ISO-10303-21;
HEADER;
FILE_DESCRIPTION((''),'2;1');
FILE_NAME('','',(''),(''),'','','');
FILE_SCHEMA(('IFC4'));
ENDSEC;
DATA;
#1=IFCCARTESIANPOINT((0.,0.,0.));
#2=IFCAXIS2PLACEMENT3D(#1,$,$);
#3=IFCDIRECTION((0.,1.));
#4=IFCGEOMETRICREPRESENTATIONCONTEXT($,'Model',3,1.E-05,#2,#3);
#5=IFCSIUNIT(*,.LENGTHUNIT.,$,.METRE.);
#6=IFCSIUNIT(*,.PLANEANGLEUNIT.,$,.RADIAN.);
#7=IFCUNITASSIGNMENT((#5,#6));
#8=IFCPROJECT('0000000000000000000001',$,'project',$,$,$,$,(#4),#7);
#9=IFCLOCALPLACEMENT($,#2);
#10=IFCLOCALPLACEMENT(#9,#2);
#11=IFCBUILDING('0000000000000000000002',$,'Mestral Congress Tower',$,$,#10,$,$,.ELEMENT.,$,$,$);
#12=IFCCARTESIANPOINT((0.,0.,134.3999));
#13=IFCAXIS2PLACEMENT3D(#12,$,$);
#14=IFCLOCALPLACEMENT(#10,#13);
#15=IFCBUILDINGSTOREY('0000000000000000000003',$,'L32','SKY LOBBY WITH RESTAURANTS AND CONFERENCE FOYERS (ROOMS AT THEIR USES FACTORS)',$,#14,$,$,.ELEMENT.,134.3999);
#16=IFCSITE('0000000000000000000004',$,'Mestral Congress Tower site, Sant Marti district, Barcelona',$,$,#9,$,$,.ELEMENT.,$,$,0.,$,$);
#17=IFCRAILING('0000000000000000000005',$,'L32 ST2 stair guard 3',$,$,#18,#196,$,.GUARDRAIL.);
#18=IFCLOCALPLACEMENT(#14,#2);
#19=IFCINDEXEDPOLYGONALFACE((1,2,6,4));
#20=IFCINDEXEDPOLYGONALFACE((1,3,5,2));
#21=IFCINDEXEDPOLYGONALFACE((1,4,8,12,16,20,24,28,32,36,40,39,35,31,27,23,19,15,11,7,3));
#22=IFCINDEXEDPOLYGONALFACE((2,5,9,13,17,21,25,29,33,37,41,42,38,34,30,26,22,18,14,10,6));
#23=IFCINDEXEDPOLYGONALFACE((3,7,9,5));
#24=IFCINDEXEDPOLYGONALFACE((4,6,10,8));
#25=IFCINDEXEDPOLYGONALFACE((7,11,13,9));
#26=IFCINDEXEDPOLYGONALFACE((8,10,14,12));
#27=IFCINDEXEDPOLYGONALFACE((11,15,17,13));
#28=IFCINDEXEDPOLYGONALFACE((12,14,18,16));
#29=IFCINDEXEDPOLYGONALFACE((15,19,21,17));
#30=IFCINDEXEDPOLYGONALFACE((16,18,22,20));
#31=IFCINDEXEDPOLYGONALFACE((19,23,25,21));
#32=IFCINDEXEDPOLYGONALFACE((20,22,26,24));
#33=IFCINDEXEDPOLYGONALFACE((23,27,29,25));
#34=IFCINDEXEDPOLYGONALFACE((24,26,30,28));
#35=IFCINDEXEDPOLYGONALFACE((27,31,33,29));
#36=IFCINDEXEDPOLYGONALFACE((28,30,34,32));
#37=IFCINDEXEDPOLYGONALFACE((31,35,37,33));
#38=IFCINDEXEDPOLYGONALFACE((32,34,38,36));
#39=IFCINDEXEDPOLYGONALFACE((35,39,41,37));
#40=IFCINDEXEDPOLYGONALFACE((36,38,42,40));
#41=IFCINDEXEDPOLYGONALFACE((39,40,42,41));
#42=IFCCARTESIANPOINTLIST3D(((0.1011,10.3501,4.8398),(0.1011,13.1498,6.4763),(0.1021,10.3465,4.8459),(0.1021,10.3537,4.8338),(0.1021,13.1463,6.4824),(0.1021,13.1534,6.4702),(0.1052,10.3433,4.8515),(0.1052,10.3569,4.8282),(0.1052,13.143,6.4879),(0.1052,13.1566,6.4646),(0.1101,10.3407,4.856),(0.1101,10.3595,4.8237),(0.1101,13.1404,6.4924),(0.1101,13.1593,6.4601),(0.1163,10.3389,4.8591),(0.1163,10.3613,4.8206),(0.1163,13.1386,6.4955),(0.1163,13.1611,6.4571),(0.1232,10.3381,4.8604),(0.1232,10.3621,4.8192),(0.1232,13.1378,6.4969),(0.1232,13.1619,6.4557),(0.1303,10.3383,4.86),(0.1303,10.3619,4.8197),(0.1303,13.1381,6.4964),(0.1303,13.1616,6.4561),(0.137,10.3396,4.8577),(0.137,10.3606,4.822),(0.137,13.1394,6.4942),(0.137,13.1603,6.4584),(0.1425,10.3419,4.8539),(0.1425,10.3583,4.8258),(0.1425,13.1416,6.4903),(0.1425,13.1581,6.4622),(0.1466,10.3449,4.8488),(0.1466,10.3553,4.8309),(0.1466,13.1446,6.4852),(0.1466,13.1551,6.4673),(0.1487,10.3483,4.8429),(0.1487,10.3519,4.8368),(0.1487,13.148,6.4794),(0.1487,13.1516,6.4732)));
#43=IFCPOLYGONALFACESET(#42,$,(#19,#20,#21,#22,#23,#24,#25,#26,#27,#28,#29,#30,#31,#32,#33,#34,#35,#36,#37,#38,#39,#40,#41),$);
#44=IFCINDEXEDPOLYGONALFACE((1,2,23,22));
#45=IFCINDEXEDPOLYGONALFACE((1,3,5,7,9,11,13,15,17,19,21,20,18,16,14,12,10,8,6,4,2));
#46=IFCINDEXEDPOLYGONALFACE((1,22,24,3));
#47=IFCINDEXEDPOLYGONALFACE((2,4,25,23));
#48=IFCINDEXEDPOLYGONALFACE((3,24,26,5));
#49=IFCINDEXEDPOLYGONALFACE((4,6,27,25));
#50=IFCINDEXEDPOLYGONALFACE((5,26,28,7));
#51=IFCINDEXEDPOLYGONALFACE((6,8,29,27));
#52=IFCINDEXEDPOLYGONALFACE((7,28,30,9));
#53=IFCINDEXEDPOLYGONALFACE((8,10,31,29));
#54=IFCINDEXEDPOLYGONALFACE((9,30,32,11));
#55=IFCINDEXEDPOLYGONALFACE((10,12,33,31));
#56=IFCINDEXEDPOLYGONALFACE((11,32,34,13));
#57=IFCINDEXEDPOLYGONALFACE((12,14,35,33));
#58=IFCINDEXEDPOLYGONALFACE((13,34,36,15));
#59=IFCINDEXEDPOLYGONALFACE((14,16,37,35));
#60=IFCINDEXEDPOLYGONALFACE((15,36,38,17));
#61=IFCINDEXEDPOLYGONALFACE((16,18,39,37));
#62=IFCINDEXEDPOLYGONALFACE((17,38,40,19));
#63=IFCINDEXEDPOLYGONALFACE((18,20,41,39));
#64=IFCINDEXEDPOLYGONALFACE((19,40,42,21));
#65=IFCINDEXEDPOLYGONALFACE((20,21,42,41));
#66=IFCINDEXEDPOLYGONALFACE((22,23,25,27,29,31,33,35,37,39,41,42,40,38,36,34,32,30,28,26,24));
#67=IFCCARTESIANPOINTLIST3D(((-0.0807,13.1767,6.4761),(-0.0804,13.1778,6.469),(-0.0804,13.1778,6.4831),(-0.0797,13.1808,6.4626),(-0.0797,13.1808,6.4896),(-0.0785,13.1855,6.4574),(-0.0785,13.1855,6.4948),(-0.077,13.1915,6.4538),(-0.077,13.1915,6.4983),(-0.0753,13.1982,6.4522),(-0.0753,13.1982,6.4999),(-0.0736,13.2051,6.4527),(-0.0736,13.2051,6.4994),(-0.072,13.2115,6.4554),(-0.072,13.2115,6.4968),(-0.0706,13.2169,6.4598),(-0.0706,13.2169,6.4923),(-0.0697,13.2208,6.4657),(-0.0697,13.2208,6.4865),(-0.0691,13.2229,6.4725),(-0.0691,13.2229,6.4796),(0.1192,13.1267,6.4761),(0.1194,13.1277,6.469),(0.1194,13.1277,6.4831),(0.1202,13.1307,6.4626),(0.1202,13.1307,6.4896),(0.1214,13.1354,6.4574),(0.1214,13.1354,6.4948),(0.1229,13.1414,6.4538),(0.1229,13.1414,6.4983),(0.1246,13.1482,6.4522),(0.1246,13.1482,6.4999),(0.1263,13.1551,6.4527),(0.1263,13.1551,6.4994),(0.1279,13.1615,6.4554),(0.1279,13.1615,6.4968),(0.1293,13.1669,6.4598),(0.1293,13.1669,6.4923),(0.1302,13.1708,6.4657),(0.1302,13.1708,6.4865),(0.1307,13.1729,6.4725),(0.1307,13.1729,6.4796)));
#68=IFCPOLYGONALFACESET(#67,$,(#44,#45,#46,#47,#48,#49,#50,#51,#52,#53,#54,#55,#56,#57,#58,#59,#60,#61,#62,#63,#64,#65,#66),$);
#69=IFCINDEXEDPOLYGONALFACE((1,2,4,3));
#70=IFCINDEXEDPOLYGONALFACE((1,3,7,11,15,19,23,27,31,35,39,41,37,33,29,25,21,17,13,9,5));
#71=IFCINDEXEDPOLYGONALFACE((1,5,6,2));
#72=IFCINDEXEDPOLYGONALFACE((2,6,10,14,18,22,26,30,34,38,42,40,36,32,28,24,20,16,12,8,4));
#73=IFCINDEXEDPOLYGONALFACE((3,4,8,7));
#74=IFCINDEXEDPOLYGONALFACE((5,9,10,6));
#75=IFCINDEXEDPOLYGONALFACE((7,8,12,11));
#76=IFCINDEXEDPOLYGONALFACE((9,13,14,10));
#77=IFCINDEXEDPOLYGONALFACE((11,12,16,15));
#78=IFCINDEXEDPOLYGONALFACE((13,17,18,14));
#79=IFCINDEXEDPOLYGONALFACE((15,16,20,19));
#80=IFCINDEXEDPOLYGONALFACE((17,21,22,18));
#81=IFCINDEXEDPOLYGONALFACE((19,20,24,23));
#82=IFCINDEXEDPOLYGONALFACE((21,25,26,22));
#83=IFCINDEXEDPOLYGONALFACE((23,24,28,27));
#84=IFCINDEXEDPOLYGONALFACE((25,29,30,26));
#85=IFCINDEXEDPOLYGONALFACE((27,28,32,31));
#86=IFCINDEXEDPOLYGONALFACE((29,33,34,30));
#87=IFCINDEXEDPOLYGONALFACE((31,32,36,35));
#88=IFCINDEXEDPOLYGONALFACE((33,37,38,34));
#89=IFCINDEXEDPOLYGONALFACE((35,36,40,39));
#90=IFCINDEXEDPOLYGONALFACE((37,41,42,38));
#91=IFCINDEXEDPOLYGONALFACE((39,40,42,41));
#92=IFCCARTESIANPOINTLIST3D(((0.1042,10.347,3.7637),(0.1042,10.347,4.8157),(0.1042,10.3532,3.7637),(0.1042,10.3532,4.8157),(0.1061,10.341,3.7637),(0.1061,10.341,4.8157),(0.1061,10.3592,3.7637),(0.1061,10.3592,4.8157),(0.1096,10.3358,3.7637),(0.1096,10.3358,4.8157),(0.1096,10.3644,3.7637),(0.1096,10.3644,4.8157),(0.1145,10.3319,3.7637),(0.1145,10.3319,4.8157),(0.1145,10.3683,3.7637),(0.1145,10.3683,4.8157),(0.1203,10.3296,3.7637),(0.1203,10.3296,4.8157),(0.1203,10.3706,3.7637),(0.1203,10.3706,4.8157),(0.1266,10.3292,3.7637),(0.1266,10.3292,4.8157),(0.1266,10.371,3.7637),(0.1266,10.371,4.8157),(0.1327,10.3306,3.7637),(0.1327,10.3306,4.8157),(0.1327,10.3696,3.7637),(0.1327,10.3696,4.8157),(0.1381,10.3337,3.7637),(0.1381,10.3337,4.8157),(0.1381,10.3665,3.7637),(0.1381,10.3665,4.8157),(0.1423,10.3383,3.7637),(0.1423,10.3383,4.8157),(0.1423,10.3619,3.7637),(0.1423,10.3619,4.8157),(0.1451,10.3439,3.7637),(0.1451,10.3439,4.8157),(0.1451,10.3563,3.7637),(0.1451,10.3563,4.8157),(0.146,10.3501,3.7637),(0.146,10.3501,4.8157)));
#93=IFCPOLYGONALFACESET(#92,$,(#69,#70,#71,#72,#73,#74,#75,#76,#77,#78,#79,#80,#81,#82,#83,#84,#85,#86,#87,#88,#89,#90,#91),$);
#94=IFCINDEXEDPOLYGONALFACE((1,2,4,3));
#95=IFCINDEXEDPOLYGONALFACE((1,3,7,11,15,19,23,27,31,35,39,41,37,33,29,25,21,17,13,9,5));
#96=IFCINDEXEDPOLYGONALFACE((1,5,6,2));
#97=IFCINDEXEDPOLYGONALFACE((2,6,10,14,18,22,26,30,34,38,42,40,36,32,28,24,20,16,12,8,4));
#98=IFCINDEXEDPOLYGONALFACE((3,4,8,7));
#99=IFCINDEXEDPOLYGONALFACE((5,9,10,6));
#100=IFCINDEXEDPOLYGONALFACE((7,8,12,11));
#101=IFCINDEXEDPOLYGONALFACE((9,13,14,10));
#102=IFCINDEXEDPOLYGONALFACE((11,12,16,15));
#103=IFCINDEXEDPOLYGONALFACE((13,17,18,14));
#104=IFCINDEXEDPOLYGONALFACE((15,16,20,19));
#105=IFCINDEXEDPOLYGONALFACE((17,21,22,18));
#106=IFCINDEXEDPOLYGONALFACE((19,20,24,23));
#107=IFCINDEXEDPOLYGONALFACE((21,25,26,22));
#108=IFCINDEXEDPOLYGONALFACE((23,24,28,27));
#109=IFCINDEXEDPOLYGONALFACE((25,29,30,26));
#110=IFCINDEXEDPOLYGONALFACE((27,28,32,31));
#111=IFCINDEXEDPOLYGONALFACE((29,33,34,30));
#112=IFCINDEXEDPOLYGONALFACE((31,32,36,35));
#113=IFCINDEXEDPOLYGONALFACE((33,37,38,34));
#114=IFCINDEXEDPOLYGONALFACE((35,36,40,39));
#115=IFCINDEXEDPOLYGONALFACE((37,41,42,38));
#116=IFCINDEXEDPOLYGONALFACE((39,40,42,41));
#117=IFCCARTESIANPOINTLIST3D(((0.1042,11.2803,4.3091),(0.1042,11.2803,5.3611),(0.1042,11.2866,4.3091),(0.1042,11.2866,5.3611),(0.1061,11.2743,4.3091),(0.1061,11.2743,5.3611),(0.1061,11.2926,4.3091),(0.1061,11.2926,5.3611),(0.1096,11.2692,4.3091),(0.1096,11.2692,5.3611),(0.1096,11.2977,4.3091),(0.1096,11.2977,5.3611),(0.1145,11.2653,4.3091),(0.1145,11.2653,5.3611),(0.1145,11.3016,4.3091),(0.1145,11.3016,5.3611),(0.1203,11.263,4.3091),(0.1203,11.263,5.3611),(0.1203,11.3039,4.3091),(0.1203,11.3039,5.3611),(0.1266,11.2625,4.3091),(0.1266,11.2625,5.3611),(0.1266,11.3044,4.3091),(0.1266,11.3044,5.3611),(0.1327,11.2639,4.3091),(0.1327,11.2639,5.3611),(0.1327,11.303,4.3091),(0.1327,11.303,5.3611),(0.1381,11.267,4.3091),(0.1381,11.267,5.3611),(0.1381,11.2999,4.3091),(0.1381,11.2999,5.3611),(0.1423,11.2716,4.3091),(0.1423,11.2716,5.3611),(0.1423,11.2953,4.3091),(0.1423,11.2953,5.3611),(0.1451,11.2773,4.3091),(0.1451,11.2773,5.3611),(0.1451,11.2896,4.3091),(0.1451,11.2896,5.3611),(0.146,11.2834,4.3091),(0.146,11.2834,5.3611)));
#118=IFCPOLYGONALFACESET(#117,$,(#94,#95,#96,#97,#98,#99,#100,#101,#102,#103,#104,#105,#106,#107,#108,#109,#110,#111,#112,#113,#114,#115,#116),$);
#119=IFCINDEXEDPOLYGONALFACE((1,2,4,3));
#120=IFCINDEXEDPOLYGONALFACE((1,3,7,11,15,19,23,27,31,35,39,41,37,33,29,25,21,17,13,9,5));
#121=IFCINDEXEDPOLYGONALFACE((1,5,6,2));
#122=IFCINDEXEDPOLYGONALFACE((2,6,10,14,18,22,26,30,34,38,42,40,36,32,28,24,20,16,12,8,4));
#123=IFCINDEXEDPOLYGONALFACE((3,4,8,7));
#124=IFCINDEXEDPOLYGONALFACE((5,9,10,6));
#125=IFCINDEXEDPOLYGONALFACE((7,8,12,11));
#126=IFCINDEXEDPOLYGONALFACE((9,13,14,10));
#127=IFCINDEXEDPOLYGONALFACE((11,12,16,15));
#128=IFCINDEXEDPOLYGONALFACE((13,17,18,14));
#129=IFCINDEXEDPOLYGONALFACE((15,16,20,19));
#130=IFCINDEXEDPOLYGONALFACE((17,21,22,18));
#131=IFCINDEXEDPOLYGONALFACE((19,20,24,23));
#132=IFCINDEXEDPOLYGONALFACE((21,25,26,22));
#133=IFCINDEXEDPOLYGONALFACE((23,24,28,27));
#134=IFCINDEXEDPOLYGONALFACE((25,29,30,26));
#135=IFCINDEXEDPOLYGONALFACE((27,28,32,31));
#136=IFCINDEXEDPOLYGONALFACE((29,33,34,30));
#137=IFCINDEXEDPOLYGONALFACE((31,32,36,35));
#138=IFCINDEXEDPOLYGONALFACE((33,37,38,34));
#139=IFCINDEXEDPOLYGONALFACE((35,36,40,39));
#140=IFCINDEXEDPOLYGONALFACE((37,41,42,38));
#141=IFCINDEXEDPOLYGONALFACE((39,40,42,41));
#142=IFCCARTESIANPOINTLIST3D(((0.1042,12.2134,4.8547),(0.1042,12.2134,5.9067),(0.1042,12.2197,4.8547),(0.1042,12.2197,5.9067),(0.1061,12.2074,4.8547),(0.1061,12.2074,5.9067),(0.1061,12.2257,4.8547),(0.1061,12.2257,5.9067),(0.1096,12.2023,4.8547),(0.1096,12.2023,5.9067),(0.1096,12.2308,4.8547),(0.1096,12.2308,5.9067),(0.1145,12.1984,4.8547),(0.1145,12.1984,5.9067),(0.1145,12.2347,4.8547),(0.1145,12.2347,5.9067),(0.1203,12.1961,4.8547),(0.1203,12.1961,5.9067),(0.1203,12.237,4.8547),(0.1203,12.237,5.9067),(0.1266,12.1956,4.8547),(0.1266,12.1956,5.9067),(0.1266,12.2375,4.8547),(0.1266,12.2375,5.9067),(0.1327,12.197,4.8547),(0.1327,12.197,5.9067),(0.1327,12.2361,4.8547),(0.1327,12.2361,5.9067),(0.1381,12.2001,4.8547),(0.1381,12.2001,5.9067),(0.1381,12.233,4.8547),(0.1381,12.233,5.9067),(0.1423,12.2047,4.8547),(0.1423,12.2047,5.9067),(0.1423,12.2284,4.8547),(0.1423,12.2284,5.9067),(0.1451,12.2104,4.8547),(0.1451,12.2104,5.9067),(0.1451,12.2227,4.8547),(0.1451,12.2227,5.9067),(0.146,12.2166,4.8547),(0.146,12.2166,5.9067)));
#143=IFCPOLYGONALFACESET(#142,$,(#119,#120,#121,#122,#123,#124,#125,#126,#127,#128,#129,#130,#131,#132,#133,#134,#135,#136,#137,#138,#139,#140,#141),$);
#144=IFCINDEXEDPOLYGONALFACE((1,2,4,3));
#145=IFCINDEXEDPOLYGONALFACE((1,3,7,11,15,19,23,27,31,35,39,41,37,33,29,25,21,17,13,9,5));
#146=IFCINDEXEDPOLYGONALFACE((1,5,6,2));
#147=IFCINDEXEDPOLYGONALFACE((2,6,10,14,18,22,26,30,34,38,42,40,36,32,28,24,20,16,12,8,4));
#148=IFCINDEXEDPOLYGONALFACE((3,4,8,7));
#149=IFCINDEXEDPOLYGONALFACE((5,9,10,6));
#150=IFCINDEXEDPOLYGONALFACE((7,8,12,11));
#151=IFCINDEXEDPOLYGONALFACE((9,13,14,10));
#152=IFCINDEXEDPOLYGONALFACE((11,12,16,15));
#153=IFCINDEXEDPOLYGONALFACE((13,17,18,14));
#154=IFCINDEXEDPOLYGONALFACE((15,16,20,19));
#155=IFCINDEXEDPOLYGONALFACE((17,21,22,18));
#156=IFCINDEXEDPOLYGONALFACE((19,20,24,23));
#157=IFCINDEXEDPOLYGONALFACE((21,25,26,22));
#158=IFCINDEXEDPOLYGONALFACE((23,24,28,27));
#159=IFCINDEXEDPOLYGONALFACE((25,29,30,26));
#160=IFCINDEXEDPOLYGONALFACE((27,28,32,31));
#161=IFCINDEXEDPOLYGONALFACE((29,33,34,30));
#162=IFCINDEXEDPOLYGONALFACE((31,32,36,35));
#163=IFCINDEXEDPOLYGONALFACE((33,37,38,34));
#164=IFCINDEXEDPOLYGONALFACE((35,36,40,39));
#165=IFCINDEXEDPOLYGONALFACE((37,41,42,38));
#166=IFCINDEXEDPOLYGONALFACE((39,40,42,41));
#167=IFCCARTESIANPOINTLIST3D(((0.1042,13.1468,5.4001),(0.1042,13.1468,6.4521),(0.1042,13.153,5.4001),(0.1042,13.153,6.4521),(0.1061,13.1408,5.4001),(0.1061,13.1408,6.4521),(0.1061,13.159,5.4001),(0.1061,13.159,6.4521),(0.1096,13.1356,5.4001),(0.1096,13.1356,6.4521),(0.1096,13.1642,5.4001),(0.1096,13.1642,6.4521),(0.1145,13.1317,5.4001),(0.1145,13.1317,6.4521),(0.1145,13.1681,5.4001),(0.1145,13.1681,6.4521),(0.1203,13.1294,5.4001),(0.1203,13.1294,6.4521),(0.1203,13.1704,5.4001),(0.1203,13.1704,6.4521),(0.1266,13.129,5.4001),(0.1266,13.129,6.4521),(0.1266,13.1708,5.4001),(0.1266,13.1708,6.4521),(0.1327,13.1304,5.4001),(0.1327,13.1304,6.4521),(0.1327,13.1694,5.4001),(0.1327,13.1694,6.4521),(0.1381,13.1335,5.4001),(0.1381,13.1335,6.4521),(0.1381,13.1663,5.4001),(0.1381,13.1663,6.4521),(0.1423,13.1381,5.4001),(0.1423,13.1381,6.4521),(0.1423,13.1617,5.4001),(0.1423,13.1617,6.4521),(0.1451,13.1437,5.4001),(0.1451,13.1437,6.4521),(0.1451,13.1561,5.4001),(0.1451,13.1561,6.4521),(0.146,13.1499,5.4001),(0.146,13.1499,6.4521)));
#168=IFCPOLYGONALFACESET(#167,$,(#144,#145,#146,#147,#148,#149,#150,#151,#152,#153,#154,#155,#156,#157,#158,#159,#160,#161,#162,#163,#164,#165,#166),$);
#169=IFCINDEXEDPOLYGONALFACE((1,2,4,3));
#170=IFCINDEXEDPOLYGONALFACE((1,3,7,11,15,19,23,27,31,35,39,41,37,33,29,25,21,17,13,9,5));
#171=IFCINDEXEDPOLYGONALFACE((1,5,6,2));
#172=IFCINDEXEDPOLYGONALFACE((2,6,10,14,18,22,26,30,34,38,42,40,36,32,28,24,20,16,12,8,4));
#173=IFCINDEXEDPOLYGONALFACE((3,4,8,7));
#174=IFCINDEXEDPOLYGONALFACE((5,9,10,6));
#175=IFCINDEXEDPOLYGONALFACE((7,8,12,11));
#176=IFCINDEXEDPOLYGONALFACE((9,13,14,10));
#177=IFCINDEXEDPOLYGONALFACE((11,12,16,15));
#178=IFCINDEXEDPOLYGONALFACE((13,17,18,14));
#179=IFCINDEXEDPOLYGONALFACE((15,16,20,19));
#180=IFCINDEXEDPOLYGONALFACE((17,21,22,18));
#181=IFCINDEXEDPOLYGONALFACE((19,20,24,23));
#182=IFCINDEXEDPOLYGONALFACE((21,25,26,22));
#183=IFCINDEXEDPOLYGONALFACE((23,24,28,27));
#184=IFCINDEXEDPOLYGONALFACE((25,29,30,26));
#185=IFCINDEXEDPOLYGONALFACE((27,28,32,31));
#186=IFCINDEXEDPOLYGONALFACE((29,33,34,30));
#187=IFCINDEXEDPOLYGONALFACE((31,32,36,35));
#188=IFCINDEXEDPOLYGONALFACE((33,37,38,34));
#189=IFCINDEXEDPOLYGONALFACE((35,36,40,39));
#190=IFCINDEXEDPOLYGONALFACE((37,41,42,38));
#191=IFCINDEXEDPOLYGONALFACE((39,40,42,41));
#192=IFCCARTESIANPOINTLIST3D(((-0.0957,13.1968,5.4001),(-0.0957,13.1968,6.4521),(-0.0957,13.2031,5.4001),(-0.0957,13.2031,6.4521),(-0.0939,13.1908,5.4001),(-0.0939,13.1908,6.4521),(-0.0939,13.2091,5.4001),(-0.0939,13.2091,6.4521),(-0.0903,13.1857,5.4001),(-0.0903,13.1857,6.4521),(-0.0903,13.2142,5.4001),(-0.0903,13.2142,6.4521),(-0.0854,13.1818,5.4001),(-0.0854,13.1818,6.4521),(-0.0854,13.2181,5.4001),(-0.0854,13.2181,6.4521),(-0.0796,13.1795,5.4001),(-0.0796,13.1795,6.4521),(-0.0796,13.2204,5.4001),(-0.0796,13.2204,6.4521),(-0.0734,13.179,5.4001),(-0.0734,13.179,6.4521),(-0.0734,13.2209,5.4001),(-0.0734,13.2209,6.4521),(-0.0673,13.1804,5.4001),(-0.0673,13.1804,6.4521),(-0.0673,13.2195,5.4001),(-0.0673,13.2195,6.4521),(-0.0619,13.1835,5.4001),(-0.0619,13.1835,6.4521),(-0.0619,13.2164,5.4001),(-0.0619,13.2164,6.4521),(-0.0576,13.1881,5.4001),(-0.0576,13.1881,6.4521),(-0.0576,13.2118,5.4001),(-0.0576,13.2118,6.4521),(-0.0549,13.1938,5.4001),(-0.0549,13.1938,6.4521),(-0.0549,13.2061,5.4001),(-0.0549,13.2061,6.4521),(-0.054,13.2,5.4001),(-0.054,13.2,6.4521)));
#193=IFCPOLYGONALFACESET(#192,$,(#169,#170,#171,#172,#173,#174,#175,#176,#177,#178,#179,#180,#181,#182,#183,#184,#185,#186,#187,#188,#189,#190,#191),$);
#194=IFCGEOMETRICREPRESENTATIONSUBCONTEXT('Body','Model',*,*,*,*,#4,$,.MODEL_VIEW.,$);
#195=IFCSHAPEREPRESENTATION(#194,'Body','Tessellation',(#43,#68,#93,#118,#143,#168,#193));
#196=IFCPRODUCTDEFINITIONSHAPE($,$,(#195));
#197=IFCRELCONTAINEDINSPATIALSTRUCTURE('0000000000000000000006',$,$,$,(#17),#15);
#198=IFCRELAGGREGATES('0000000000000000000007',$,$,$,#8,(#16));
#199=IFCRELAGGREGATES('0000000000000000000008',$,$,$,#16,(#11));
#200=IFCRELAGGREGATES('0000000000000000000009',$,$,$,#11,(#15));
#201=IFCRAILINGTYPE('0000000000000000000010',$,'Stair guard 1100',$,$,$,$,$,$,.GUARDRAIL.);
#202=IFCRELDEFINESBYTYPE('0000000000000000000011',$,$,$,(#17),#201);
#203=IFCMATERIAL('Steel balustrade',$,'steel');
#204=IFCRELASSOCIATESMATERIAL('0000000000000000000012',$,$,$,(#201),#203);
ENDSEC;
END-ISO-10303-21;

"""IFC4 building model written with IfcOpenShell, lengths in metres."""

from ifc_helpers import new_model, si_unit, direction, frame, origin, origin_2d, place, context, subcontext, project, spatial, circle, extrude, material, type_object, element, save


model = new_model("IFC4")

# Units and contexts
model_context = context("Model", 3, precision=1e-05, world=origin(), true_north=direction((0.0, 1.0)))
body_context = subcontext(model_context, "Body", "Model", "MODEL_VIEW")
ifc_project = project(units=[si_unit("LENGTHUNIT", "METRE"), si_unit("PLANEANGLEUNIT", "RADIAN")], contexts=[model_context])

# Site, building, storey
site_placement = place(None, origin())
site = spatial("IfcSite", under=ifc_project, at=site_placement, Name="Mestral Congress Tower site, Sant Marti district, Barcelona", CompositionType="ELEMENT", RefElevation=0.0)
building_placement = place(site_placement, origin())
building = spatial("IfcBuilding", under=site, at=building_placement, Name="Mestral Congress Tower", CompositionType="ELEMENT")
storey_placement = place(building_placement, frame((0.0, 0.0, 134.3999)))
storey = spatial("IfcBuildingStorey", under=building, at=storey_placement, Name="L32", Description="SKY LOBBY WITH RESTAURANTS AND CONFERENCE FOYERS (ROOMS AT THEIR USES FACTORS)", CompositionType="ELEMENT", Elevation=134.3999)

# Railing
ifc_material_1 = material(Name="Steel balustrade", Category="steel")
railing_type = type_object("IfcRailingType", Name="Stair guard 1100", PredefinedType="GUARDRAIL", material=ifc_material_1)
railing_1_placement = place(storey_placement, frame((0.125, 10.3501, 3.7637)))
element("IfcRailing", 1, at=railing_1_placement, inside=storey, type_object=railing_type, Name="L32 ST2 stair guard 3", PredefinedType="GUARDRAIL", context=body_context, shape_type="SweptSolid", body=[
    extrude(circle(Radius=0.0239, at=origin_2d()), frame((0.0, 0.0, 1.0762), z_axis=(0.0, 0.863342, 0.50462), x_axis=(-1.0, 0.0, 0.0)), (0.0, 0.0, 1.0), 3.2429),
    extrude(circle(Radius=0.0239, at=origin_2d()), frame((0.0, 2.7998, 2.7124), z_axis=(-0.970073, 0.242814, 0.0), x_axis=(-0.242814, -0.970073, 0.0)), (0.0, 0.0, 1.0), 0.2061),
    extrude(circle(Radius=0.021, at=origin_2d()), origin(), (0.0, 0.0, 1.0), 1.052),
    extrude(circle(Radius=0.021, at=origin_2d()), frame((0.0, 0.9333, 0.5454)), (0.0, 0.0, 1.0), 1.052),
    extrude(circle(Radius=0.021, at=origin_2d()), frame((0.0, 1.8665, 1.0911)), (0.0, 0.0, 1.0), 1.052),
    extrude(circle(Radius=0.021, at=origin_2d()), frame((0.0, 2.7998, 1.6365)), (0.0, 0.0, 1.0), 1.052),
    extrude(circle(Radius=0.021, at=origin_2d()), frame((-0.2, 2.8499, 1.6365)), (0.0, 0.0, 1.0), 1.052),
])

save(model, "model.ifc")
